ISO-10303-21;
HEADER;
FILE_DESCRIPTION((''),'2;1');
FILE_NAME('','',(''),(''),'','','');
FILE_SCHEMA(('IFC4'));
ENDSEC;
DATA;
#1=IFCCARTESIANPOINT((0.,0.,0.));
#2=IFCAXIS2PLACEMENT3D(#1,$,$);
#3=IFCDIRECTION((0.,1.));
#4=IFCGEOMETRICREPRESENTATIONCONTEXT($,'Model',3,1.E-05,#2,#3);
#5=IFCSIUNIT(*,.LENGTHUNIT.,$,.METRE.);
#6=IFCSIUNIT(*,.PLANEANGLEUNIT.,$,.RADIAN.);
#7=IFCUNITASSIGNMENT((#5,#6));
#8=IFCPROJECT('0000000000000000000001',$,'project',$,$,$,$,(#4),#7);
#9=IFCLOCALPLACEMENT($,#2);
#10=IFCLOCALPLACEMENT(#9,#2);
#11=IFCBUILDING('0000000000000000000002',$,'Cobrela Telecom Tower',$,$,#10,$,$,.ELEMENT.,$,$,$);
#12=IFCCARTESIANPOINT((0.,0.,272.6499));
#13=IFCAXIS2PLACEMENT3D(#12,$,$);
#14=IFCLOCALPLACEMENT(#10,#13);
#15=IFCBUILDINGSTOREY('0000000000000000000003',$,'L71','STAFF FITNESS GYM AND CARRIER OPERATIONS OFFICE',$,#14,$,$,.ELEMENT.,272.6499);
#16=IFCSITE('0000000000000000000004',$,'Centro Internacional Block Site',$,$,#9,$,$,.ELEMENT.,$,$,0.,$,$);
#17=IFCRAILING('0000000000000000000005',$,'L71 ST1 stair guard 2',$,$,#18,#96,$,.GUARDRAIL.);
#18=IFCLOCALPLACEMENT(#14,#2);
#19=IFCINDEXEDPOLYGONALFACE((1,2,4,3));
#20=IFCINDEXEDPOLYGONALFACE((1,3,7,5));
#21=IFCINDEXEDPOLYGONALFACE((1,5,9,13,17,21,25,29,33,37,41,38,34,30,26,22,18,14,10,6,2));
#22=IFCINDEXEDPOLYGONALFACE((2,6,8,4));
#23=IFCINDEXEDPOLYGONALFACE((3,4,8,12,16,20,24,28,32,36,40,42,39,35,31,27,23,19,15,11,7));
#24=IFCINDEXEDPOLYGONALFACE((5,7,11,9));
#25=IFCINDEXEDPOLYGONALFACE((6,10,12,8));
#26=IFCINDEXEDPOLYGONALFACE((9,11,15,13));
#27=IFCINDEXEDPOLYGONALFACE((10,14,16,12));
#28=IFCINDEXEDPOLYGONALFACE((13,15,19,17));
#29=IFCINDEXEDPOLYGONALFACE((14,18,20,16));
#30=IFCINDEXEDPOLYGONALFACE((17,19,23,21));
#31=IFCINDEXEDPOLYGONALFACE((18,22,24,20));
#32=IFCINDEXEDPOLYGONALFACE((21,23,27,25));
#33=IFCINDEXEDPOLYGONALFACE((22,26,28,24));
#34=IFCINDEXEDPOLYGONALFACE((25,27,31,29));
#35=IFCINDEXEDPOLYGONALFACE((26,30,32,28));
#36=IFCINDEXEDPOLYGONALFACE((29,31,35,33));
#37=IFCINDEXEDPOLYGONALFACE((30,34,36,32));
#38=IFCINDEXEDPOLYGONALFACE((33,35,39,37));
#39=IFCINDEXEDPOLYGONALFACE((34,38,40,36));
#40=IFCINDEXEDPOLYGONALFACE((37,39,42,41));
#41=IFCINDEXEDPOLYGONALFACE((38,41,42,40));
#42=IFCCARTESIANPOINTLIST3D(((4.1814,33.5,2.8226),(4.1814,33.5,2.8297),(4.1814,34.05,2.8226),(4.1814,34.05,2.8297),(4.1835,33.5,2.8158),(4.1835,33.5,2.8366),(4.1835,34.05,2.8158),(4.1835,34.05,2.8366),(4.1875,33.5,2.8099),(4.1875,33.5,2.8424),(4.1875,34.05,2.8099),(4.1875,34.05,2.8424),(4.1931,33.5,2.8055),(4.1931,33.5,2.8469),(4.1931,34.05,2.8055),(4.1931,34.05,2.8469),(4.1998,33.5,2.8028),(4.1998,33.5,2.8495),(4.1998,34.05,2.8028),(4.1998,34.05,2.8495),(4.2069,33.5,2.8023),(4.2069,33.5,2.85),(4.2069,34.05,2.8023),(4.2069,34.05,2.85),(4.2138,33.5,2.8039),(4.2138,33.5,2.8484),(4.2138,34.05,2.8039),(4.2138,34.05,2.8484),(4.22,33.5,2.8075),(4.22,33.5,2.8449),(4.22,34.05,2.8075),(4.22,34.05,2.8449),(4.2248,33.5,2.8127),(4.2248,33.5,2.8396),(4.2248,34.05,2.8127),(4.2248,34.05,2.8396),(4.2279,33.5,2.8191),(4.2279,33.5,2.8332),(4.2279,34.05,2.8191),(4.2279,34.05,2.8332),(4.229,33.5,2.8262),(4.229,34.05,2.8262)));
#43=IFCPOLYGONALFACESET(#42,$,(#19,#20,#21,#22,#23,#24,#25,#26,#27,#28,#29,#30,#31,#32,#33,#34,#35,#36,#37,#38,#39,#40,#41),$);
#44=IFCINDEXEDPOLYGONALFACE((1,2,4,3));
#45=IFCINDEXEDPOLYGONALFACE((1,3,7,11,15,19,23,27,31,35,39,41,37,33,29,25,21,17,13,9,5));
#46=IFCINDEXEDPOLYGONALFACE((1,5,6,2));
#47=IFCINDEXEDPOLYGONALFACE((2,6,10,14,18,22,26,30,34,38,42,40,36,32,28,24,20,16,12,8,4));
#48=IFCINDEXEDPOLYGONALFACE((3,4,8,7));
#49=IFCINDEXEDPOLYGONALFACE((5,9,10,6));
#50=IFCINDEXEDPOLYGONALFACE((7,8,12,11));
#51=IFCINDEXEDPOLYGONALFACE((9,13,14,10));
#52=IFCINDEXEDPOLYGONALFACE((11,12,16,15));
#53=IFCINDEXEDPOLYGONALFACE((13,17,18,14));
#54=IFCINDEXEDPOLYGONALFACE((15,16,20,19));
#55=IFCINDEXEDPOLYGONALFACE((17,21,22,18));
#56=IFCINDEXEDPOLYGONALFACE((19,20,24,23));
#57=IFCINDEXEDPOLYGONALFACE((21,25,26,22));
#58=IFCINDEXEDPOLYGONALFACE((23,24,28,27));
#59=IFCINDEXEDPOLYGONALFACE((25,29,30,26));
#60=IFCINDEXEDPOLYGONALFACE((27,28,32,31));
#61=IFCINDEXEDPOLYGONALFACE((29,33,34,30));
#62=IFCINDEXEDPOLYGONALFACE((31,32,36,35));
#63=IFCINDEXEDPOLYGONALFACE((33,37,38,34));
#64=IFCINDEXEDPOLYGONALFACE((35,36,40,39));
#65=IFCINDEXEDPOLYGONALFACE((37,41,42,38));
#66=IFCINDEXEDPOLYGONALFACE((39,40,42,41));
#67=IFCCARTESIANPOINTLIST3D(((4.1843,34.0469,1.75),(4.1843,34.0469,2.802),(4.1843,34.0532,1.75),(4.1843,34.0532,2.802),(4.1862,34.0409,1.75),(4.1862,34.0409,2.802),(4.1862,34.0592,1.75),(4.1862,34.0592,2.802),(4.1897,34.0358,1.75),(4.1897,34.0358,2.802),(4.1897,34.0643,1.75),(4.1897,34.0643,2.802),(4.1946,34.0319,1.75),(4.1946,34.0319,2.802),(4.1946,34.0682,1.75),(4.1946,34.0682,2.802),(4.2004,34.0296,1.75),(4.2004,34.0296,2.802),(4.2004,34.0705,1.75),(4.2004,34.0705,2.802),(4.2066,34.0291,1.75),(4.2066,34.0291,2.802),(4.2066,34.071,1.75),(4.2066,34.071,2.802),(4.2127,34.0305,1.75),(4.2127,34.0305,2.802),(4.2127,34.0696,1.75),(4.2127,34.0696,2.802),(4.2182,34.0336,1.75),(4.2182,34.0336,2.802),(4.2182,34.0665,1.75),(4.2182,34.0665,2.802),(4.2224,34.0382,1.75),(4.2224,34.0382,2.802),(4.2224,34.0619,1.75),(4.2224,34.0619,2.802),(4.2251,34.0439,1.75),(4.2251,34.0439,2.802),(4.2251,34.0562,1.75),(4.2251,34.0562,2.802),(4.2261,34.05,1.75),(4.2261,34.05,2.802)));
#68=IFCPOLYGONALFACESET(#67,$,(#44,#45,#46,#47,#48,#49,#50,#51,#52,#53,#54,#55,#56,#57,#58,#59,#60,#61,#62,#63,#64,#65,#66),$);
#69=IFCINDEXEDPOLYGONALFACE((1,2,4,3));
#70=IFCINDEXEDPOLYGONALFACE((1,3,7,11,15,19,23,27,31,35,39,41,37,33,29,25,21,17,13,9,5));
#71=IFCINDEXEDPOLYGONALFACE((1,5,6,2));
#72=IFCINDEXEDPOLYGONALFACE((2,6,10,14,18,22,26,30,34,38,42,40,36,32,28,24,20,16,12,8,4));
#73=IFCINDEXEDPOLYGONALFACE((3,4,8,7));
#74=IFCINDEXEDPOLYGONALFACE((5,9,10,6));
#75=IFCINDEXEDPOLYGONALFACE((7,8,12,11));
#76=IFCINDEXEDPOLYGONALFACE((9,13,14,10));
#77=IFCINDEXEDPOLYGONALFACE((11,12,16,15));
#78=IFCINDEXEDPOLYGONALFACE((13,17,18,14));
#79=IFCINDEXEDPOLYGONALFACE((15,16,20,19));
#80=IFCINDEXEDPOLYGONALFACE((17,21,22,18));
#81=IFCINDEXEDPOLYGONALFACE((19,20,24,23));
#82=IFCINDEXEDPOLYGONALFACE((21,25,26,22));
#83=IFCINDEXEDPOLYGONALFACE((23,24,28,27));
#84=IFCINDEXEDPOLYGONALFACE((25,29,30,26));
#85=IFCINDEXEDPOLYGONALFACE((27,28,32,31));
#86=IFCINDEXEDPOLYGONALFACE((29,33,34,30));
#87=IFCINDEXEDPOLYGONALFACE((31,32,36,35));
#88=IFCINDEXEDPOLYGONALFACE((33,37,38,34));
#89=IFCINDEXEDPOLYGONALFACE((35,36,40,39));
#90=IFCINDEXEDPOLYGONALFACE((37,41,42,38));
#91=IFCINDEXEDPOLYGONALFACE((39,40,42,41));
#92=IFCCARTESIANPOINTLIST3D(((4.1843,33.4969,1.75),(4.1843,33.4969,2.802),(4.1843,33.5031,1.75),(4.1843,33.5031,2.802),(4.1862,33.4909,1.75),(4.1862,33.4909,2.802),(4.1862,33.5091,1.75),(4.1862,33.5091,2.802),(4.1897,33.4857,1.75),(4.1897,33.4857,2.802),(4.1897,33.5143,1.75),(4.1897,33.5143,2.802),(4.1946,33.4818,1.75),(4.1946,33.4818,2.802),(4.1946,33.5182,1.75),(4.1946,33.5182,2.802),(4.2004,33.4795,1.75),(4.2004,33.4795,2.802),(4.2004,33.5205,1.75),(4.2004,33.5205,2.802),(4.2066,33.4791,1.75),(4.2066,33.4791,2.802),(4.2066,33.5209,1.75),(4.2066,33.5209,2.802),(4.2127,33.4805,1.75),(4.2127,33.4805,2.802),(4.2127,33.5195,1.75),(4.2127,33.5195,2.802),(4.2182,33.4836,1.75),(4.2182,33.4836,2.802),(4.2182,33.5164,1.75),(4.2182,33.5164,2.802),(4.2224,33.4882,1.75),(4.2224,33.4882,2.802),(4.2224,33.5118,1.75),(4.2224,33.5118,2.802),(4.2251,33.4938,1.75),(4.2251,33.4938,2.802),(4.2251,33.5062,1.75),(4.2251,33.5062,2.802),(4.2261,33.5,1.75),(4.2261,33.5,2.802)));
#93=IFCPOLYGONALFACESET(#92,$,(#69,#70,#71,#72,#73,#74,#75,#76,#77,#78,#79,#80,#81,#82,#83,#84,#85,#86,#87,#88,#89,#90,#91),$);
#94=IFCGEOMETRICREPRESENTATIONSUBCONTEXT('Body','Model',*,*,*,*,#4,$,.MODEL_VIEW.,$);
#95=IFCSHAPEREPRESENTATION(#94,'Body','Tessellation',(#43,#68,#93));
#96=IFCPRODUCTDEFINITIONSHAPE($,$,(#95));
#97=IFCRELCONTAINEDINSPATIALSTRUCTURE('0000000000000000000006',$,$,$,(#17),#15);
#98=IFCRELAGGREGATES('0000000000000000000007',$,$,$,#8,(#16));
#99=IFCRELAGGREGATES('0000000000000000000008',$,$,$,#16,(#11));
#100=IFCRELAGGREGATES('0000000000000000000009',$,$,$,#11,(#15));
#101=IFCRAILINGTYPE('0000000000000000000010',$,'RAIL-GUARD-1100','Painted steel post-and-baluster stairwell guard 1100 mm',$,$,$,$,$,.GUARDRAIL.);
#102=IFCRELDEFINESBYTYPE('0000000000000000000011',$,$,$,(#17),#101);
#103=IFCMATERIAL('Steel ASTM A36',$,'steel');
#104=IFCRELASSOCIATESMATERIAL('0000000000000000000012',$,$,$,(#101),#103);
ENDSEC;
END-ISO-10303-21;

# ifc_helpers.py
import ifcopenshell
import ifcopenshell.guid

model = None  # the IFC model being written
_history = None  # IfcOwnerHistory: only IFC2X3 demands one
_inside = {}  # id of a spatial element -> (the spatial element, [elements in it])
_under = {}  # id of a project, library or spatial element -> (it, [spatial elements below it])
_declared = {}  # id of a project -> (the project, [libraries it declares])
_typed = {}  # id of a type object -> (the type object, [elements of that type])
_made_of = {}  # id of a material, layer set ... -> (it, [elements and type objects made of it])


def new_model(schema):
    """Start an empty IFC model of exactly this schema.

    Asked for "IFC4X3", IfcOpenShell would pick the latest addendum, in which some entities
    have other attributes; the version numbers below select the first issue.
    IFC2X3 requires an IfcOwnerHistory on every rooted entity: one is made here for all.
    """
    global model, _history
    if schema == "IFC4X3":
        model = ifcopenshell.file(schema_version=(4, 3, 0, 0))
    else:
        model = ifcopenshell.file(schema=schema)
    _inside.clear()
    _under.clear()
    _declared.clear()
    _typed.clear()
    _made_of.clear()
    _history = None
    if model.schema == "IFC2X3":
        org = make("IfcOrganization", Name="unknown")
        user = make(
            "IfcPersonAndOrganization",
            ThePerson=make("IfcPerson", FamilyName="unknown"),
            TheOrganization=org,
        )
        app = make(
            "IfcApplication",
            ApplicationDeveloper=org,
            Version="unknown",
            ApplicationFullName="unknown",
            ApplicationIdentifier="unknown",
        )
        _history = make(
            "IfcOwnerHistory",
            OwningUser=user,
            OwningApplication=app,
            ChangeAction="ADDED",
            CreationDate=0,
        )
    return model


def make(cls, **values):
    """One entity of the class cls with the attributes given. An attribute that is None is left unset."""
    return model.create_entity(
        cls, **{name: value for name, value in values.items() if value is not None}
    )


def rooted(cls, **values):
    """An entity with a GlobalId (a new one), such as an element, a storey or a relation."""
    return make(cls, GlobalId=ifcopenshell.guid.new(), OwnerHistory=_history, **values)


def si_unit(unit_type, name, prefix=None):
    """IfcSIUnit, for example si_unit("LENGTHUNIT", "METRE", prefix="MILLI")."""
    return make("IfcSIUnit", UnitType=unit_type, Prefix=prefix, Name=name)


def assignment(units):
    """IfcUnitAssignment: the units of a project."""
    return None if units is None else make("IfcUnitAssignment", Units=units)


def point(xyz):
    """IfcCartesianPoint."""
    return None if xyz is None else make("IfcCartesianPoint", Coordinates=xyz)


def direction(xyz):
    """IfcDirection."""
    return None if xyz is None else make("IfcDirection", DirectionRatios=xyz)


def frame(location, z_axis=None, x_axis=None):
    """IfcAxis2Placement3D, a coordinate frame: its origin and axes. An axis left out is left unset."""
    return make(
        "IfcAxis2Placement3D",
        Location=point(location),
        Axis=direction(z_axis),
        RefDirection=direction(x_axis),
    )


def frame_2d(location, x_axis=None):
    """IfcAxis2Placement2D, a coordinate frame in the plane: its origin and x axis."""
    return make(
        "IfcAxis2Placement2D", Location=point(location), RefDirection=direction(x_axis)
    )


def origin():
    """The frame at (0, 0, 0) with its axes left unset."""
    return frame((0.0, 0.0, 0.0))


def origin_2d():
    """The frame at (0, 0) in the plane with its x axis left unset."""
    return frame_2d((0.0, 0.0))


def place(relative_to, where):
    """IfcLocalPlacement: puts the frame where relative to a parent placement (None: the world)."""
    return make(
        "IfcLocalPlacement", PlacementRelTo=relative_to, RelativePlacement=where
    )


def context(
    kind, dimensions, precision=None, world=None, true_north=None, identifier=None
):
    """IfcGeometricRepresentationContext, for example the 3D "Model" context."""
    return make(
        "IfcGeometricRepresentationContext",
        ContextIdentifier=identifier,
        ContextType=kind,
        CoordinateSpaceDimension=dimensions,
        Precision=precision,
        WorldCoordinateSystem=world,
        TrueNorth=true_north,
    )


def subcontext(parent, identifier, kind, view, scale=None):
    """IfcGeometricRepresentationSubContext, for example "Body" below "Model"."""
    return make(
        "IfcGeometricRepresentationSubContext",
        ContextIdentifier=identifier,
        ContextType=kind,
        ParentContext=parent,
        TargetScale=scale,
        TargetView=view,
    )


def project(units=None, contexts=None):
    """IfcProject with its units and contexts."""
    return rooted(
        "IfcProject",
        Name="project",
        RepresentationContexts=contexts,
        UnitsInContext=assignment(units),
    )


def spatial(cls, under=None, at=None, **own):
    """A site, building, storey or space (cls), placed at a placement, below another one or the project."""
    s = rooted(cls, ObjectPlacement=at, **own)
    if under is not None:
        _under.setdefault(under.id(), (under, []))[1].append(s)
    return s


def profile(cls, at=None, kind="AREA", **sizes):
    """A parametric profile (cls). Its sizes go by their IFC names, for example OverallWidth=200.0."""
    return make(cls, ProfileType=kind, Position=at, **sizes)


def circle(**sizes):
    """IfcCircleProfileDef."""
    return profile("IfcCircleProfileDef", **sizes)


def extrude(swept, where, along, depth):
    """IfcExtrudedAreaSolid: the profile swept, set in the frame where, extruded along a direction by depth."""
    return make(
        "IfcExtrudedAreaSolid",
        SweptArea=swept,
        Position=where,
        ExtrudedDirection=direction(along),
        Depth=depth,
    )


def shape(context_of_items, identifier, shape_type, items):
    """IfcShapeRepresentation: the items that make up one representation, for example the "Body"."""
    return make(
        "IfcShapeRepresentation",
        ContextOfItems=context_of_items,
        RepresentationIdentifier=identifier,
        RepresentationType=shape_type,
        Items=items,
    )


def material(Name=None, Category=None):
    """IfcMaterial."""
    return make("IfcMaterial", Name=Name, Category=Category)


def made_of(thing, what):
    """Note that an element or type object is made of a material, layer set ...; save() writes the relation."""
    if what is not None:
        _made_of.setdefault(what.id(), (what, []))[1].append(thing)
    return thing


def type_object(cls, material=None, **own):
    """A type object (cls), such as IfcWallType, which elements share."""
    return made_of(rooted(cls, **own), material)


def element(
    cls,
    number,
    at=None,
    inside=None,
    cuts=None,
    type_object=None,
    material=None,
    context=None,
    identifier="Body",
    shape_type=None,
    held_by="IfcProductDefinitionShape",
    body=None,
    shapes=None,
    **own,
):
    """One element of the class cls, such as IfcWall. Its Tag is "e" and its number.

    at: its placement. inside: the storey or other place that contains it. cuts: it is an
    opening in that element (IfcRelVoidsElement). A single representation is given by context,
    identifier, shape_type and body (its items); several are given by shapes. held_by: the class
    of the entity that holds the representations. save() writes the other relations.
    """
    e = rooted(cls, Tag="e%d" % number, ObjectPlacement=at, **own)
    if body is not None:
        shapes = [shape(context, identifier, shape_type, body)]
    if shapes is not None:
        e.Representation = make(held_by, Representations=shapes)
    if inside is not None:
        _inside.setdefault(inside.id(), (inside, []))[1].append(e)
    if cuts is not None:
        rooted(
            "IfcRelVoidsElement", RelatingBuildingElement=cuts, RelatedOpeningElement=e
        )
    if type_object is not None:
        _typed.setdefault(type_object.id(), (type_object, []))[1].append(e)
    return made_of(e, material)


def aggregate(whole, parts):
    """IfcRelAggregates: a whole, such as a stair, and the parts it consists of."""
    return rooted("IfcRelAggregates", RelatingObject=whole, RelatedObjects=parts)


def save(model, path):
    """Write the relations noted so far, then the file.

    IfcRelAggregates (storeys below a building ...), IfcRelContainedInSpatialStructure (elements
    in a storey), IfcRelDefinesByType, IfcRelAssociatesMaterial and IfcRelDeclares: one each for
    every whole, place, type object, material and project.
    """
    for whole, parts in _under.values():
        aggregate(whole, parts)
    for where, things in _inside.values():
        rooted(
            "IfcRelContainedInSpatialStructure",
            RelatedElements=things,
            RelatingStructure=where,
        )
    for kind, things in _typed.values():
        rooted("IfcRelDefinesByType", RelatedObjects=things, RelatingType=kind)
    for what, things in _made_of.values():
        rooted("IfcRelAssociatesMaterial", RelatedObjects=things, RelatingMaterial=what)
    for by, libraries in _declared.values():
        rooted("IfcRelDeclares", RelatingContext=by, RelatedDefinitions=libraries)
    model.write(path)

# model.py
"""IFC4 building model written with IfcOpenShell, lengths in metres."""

from ifc_helpers import new_model, si_unit, direction, frame, origin, origin_2d, place, context, subcontext, project, spatial, circle, extrude, material, type_object, element, save


model = new_model("IFC4")

# Units and contexts
model_context = context("Model", 3, precision=1e-05, world=origin(), true_north=direction((0.0, 1.0)))
body_context = subcontext(model_context, "Body", "Model", "MODEL_VIEW")
ifc_project = project(units=[si_unit("LENGTHUNIT", "METRE"), si_unit("PLANEANGLEUNIT", "RADIAN")], contexts=[model_context])

# Site, building, storey
site_placement = place(None, origin())
site = spatial("IfcSite", under=ifc_project, at=site_placement, Name="Centro Internacional Block Site", CompositionType="ELEMENT", RefElevation=0.0)
building_placement = place(site_placement, origin())
building = spatial("IfcBuilding", under=site, at=building_placement, Name="Cobrela Telecom Tower", CompositionType="ELEMENT")
storey_placement = place(building_placement, frame((0.0, 0.0, 272.6499)))
storey = spatial("IfcBuildingStorey", under=building, at=storey_placement, Name="L71", Description="STAFF FITNESS GYM AND CARRIER OPERATIONS OFFICE", CompositionType="ELEMENT", Elevation=272.6499)

# Shared definitions
ifc_material_1 = material(Name="Steel ASTM A36", Category="steel")

# Railing
railing_type_1 = type_object("IfcRailingType", Name="RAIL-GUARD-1100", Description="Painted steel post-and-baluster stairwell guard 1100 mm", PredefinedType="GUARDRAIL", material=ifc_material_1)
railing_1_placement = place(storey_placement, frame((4.2051, 34.05, 1.75)))
element("IfcRailing", 1, at=railing_1_placement, inside=storey, type_object=railing_type_1, Name="L71 ST1 stair guard 2", PredefinedType="GUARDRAIL", context=body_context, shape_type="SweptSolid", body=[
    extrude(circle(Radius=0.0239, at=origin_2d()), frame((0.0, 0.0, 1.0762), z_axis=(0.0, -1.0, 0.0), x_axis=(1.0, 0.0, 0.0)), (0.0, 0.0, 1.0), 0.55),
    extrude(circle(Radius=0.021, at=origin_2d()), origin(), (0.0, 0.0, 1.0), 1.052),
    extrude(circle(Radius=0.021, at=origin_2d()), frame((0.0, -0.55, 0.0)), (0.0, 0.0, 1.0), 1.052),
])

save(model, "model.ifc")
